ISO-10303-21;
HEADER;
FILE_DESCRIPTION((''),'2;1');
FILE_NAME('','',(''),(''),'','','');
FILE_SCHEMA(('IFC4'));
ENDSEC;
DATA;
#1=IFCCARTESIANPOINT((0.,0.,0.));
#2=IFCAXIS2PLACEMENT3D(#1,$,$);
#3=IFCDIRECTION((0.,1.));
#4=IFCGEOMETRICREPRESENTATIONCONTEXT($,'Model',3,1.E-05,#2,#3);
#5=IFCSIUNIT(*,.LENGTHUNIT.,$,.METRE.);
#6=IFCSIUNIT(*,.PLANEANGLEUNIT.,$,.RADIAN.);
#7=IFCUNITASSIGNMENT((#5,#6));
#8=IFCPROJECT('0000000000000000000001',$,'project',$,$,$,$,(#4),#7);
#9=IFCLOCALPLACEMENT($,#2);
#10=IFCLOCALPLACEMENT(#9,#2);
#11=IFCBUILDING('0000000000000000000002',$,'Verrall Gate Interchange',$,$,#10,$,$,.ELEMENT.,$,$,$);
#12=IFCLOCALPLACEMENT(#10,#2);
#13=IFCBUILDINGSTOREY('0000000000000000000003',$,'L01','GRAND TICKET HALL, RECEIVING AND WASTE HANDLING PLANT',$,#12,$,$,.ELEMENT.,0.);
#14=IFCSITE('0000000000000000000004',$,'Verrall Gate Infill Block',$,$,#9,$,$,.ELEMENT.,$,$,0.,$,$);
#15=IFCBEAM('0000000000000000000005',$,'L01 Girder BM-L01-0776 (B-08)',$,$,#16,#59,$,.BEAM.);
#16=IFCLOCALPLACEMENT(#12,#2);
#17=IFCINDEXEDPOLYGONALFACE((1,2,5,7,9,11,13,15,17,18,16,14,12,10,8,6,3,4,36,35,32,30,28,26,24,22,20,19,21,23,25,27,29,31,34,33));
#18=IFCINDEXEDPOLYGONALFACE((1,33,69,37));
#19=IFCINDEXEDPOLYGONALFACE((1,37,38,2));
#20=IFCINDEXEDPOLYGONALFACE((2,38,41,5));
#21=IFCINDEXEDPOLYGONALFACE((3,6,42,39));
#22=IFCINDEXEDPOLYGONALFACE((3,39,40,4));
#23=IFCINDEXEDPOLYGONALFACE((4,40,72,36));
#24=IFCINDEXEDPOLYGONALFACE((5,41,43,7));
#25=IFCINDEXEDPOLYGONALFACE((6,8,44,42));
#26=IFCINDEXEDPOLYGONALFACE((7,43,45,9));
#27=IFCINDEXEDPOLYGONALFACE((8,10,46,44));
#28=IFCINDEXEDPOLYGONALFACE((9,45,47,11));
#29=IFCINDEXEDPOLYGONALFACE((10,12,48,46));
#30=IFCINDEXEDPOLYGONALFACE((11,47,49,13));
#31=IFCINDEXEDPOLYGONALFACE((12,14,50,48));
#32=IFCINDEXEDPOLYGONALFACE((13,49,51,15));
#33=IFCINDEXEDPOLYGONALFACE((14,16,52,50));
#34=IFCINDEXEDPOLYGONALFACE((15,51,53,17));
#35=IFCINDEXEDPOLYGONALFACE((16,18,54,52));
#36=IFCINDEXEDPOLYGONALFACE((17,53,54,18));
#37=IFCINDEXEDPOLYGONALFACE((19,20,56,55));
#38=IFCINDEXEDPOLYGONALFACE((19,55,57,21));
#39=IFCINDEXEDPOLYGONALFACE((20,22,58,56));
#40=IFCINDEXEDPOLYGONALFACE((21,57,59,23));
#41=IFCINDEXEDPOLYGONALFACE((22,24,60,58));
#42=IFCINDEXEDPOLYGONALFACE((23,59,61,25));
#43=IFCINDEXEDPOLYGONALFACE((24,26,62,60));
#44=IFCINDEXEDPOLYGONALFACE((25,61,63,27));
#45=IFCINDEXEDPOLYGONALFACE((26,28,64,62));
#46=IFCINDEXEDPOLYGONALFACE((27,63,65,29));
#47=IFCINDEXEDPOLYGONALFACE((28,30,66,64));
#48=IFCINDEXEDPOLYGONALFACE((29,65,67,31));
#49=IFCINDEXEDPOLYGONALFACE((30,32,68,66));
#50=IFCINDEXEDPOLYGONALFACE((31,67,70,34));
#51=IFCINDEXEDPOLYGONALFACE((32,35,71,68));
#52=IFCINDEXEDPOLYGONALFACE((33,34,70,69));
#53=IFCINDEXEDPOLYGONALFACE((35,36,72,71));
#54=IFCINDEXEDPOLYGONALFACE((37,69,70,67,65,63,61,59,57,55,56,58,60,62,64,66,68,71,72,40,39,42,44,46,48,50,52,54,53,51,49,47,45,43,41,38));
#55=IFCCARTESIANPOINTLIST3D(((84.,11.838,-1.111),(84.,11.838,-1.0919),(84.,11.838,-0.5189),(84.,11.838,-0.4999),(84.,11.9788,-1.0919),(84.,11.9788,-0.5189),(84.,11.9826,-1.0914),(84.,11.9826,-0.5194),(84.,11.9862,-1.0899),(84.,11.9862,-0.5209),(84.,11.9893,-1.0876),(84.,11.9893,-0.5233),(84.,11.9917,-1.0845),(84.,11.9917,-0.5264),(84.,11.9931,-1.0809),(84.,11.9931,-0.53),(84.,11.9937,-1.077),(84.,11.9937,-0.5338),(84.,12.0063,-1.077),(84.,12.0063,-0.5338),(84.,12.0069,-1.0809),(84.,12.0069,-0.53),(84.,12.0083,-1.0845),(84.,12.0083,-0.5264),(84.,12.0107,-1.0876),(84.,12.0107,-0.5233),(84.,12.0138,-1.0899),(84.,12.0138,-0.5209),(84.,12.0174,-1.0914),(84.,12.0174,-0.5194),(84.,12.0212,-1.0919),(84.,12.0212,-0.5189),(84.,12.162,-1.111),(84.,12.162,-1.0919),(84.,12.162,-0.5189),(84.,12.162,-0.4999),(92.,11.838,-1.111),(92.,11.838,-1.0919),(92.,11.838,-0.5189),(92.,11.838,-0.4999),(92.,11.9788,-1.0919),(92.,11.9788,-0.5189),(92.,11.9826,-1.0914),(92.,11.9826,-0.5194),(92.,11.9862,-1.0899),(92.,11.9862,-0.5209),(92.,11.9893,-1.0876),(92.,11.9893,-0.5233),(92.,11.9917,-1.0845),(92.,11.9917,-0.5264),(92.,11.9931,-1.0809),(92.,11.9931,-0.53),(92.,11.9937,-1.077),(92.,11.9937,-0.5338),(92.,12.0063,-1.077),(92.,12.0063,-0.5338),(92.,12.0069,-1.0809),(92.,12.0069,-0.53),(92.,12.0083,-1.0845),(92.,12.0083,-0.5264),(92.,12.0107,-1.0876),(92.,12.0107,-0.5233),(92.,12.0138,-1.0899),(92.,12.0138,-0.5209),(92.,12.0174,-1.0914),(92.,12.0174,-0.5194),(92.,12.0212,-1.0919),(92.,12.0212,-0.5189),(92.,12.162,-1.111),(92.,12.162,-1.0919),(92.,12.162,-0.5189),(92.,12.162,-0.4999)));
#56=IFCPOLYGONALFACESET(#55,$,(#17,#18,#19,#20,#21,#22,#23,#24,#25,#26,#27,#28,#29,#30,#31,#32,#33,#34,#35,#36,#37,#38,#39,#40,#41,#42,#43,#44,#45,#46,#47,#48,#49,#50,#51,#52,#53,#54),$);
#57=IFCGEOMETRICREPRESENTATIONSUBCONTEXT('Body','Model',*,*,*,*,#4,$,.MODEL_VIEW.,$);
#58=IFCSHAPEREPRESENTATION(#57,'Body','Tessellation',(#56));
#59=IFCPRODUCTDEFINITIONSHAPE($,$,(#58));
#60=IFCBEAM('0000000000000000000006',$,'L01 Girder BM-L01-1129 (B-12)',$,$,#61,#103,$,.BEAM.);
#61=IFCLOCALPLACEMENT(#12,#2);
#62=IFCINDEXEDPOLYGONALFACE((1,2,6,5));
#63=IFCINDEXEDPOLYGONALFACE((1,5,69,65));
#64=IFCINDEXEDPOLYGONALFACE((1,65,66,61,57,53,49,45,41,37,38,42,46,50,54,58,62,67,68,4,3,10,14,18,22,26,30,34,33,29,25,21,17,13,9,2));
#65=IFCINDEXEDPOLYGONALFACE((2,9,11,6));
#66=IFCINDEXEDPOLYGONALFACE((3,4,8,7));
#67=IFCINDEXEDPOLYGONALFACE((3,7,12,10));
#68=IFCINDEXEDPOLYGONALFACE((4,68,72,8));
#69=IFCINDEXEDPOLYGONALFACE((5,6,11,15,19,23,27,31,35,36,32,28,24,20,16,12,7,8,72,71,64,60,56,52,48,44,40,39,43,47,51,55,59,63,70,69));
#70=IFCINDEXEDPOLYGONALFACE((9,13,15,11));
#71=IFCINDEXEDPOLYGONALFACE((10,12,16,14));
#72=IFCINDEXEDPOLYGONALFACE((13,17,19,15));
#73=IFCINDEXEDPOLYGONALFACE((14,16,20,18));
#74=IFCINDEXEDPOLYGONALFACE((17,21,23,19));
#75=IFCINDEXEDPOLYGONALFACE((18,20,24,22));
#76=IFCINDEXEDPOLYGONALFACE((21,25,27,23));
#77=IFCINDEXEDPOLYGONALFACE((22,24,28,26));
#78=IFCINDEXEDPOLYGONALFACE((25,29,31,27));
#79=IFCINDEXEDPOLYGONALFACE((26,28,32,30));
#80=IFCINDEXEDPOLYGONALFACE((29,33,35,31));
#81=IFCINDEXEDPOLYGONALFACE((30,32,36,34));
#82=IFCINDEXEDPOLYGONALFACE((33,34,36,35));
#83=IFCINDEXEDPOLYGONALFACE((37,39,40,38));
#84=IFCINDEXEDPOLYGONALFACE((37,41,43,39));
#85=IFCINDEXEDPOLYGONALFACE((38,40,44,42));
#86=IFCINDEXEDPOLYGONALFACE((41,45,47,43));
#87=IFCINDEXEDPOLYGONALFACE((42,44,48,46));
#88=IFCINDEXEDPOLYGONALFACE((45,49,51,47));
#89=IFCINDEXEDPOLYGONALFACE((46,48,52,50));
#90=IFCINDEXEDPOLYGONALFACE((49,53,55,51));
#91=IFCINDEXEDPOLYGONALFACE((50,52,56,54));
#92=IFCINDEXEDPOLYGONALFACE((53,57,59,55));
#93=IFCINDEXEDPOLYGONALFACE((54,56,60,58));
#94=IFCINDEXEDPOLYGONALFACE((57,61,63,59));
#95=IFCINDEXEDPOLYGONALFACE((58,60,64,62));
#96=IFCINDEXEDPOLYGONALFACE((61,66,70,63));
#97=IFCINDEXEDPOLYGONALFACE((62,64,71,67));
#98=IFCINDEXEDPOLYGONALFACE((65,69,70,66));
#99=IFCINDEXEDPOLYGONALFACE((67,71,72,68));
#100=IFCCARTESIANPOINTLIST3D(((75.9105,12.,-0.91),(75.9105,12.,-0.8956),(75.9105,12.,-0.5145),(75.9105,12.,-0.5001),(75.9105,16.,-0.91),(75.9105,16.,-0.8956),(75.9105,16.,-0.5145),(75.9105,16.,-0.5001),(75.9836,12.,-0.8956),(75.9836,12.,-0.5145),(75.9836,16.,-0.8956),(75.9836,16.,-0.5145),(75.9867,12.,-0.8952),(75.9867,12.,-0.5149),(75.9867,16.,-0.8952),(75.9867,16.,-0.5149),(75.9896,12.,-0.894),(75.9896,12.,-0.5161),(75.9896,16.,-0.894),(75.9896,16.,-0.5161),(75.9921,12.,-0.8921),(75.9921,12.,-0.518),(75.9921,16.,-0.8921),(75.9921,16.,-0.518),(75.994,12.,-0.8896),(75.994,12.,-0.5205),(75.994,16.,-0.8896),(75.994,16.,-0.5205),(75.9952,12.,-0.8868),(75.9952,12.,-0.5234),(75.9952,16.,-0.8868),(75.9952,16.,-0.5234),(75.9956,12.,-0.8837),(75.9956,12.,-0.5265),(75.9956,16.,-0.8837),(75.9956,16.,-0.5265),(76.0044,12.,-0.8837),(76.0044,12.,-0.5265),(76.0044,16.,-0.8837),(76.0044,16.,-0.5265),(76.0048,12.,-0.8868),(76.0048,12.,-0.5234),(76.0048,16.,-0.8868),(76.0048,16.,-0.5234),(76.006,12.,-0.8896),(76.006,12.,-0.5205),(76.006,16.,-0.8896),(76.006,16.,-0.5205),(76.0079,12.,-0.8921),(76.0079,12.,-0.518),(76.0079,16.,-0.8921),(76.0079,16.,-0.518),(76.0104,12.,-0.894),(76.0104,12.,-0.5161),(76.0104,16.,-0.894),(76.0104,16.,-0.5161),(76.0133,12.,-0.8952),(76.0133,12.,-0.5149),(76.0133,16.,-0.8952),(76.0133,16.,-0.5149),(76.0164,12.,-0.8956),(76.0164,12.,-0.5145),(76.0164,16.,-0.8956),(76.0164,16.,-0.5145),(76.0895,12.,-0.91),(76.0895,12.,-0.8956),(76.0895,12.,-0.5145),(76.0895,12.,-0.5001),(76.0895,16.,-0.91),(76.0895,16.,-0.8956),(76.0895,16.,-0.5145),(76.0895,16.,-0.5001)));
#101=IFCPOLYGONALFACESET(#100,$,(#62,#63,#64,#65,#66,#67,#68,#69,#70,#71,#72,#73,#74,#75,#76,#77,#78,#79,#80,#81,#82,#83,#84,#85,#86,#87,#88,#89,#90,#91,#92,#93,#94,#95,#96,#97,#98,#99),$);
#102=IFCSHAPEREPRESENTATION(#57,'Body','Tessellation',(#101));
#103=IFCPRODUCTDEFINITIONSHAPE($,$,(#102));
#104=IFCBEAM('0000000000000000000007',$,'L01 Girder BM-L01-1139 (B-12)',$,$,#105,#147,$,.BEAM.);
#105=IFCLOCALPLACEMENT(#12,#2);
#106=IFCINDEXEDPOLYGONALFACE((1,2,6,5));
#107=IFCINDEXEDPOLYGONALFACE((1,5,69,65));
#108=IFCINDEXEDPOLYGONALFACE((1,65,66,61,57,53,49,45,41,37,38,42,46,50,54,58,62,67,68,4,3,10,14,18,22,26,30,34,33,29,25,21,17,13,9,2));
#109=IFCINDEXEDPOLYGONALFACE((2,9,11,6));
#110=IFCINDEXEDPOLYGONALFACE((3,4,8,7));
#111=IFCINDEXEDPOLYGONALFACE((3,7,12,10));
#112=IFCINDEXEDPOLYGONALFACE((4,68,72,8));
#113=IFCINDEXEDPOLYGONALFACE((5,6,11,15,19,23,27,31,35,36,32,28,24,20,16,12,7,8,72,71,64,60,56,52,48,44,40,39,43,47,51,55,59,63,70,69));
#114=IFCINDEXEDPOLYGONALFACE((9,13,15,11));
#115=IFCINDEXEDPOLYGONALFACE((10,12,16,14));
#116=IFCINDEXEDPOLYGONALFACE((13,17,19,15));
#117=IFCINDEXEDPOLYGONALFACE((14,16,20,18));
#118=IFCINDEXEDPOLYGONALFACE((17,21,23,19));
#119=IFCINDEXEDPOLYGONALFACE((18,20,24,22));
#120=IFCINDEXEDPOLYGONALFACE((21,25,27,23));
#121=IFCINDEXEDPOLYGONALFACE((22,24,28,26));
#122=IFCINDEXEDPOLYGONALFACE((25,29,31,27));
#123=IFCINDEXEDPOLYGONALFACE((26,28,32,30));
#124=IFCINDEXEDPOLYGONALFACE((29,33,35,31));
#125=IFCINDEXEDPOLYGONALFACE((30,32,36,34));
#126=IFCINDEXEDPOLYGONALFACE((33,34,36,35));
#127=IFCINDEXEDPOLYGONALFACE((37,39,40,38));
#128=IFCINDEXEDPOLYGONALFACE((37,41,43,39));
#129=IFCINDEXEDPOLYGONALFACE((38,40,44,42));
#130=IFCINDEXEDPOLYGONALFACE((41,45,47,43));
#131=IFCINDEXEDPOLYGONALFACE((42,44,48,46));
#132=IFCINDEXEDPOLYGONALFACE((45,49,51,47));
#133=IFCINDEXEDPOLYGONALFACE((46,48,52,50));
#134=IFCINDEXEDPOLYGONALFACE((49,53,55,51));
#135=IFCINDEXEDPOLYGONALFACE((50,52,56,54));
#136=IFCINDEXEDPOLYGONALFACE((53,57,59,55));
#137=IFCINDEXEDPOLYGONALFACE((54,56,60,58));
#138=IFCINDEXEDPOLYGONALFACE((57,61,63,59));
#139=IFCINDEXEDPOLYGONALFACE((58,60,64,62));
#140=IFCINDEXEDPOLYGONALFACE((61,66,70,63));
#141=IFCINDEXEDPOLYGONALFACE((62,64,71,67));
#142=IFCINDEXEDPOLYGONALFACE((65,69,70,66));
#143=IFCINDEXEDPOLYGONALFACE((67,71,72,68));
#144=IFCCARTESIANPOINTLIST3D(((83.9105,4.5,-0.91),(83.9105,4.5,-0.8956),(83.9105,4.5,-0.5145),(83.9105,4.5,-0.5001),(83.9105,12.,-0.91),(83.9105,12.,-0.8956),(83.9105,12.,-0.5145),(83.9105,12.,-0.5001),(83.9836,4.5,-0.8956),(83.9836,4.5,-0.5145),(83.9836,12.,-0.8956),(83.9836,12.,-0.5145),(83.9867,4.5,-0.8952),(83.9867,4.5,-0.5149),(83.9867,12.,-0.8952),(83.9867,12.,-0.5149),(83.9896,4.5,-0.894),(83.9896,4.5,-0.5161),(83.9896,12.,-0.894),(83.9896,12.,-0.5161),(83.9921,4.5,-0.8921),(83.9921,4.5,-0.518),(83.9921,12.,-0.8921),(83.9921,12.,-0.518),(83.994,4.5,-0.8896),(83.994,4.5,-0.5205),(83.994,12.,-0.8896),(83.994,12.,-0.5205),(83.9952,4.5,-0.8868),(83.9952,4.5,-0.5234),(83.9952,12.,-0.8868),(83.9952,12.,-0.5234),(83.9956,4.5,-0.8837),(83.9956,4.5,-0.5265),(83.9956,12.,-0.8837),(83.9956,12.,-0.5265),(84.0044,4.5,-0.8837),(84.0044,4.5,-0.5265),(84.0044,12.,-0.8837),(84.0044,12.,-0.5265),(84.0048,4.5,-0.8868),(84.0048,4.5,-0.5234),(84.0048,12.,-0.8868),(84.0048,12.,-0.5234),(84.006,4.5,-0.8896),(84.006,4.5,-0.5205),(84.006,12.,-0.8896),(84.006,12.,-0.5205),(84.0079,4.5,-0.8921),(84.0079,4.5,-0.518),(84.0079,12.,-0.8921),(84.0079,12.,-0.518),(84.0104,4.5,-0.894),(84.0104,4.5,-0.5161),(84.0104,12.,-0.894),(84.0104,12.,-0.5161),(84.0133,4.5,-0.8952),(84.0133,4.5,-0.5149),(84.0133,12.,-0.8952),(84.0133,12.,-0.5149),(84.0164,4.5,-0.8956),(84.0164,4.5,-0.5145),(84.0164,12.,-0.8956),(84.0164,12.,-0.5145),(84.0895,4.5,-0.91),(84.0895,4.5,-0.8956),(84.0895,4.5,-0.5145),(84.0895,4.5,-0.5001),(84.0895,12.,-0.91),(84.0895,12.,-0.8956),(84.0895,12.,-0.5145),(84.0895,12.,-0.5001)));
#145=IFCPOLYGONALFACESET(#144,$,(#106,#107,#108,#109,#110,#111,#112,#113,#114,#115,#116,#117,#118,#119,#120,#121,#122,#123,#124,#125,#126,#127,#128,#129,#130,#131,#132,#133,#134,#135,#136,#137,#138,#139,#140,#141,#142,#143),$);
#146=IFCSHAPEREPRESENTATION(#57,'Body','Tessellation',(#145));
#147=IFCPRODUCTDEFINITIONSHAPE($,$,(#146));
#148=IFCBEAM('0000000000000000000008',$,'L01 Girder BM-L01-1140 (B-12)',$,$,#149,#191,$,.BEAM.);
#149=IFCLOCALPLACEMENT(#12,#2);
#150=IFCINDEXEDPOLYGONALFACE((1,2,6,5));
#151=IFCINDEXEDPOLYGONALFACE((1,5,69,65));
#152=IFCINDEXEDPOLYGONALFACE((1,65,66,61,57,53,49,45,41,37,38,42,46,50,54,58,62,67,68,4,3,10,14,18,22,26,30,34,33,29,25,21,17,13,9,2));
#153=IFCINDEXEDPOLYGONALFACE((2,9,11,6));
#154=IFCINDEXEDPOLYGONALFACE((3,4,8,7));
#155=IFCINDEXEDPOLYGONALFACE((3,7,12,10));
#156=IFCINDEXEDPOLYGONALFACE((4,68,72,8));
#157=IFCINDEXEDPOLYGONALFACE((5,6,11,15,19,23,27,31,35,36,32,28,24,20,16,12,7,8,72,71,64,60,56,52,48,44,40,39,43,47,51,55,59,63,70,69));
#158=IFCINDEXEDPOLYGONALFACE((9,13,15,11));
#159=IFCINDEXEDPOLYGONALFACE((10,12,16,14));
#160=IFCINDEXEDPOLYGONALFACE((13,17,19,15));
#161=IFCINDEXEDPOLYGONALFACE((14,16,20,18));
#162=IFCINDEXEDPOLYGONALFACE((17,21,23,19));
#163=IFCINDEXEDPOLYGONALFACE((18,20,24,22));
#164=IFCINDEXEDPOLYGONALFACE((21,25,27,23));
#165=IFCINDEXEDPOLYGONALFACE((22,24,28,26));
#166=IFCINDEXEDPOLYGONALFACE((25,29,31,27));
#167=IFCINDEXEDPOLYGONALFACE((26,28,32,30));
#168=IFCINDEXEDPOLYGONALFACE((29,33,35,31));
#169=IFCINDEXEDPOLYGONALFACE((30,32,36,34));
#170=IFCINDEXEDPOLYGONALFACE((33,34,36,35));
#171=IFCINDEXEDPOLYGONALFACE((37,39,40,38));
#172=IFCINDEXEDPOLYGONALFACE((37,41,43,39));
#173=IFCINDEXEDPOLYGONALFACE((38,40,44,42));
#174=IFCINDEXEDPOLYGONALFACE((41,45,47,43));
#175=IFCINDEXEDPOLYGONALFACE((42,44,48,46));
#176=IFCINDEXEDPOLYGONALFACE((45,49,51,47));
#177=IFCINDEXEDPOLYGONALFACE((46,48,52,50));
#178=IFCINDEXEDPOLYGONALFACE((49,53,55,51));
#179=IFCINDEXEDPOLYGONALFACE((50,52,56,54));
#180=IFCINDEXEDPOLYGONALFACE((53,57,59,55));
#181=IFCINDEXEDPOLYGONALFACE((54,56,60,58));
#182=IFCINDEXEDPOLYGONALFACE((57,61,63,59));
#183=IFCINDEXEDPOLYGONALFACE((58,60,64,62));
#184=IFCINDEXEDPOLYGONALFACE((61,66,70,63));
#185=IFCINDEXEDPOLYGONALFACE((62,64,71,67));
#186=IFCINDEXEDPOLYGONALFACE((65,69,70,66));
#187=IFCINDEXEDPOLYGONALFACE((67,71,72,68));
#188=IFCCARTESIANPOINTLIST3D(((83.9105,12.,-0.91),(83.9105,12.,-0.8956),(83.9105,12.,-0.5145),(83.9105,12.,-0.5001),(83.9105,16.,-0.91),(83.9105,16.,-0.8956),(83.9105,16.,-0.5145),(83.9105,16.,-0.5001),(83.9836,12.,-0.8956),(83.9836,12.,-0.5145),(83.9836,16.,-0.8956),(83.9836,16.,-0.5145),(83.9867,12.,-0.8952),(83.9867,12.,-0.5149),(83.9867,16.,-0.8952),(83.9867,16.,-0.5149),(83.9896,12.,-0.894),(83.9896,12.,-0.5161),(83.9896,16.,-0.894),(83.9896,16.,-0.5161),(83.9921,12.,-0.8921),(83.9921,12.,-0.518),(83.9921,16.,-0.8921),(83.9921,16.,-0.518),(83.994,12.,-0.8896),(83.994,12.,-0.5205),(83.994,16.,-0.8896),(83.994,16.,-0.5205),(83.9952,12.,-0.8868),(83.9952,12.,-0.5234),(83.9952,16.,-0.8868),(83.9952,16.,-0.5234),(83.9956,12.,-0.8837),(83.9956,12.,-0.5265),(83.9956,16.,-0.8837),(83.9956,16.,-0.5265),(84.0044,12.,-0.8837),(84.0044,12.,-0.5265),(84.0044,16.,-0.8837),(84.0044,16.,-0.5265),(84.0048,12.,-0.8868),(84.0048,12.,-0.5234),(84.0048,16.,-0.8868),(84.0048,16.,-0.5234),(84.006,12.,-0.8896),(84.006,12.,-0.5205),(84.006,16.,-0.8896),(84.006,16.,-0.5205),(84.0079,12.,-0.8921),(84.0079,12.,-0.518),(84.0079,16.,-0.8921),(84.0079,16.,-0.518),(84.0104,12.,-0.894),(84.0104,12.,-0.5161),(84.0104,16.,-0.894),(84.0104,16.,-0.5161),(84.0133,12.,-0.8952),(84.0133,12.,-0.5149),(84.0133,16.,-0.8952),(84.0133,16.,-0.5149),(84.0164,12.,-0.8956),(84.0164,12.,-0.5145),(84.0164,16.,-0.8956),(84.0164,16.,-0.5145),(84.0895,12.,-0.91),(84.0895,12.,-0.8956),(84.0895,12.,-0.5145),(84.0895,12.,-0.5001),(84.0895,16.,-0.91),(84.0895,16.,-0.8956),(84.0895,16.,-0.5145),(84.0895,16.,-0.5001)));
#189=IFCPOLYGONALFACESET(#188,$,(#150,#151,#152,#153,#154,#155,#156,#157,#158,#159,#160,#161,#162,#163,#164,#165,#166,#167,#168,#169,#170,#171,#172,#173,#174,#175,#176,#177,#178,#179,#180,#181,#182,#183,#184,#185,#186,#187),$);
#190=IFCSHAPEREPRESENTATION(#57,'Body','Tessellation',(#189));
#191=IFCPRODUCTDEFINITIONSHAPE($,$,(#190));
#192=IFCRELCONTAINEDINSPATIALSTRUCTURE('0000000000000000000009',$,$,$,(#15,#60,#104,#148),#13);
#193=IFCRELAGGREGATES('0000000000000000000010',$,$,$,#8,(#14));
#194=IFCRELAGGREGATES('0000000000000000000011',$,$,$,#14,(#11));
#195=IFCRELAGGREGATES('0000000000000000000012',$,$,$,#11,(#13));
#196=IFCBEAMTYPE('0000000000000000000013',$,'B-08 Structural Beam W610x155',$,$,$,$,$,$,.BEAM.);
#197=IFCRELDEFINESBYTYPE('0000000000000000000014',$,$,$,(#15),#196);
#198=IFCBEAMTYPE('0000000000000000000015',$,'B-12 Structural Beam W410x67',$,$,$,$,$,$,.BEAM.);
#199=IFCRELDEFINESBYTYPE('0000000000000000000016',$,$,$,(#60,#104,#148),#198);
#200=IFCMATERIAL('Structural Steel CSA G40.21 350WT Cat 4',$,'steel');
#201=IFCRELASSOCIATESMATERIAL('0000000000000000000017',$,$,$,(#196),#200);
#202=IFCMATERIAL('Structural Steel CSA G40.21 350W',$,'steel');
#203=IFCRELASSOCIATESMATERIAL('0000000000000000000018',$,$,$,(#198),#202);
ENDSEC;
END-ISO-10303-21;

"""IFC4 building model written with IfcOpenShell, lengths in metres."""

from ifc_helpers import new_model, si_unit, direction, frame, origin, origin_2d, place, context, subcontext, project, spatial, i_section, extrude, material, material_profile, profile_set, type_object, element, save


model = new_model("IFC4")

# Units and contexts
model_context = context("Model", 3, precision=1e-05, world=origin(), true_north=direction((0.0, 1.0)))
body_context = subcontext(model_context, "Body", "Model", "MODEL_VIEW")
ifc_project = project(units=[si_unit("LENGTHUNIT", "METRE"), si_unit("PLANEANGLEUNIT", "RADIAN")], contexts=[model_context])

# Site, building, storey
site_placement = place(None, origin())
site = spatial("IfcSite", under=ifc_project, at=site_placement, Name="Verrall Gate Infill Block", CompositionType="ELEMENT", RefElevation=0.0)
building_placement = place(site_placement, origin())
building = spatial("IfcBuilding", under=site, at=building_placement, Name="Verrall Gate Interchange", CompositionType="ELEMENT")
storey_placement = place(building_placement, origin())
storey = spatial("IfcBuildingStorey", under=building, at=storey_placement, Name="L01", Description="GRAND TICKET HALL, RECEIVING AND WASTE HANDLING PLANT", CompositionType="ELEMENT", Elevation=0.0)

# Beams
ifc_material_1 = material(Name="Structural Steel CSA G40.21 350WT Cat 4", Category="steel")
ifc_material_profile_1 = material_profile(ifc_material_1, i_section(OverallWidth=0.324, OverallDepth=0.6111, WebThickness=0.0127, FlangeThickness=0.019, FilletRadius=0.0149, at=origin_2d()), Name="W610x155")
ifc_profile_set_1 = profile_set([ifc_material_profile_1], Name="Structural Steel CSA G40.21 350WT Cat 4")
beam_type_1 = type_object("IfcBeamType", Name="B-08 Structural Beam W610x155", PredefinedType="BEAM", material=ifc_profile_set_1)
for number, where, z_axis, x_axis, name in (
    (1, (84.0, 12.0, -0.8054), (1.0, 0.0, 0.0), (0.0, 1.0, 0.0), "L01 Girder BM-L01-0776 (B-08)"),
):
    element("IfcBeam", number, at=place(storey_placement, frame(where, z_axis=z_axis, x_axis=x_axis)), inside=storey, type_object=beam_type_1, Name=name, PredefinedType="BEAM", context=body_context, shape_type="SweptSolid", body=[
        extrude(i_section(OverallWidth=0.324, OverallDepth=0.6111, WebThickness=0.0127, FlangeThickness=0.019, FilletRadius=0.0149, at=origin_2d()), origin(), (0.0, 0.0, 1.0), 8.0),
    ])
ifc_material_2 = material(Name="Structural Steel CSA G40.21 350W", Category="steel")
ifc_material_profile_2 = material_profile(ifc_material_2, i_section(OverallWidth=0.179, OverallDepth=0.4099, WebThickness=0.0088, FlangeThickness=0.0144, FilletRadius=0.012, at=origin_2d()), Name="W410x67")
ifc_profile_set_2 = profile_set([ifc_material_profile_2], Name="Structural Steel CSA G40.21 350W")
beam_type_2 = type_object("IfcBeamType", Name="B-12 Structural Beam W410x67", PredefinedType="BEAM", material=ifc_profile_set_2)
beam_1_placement = place(storey_placement, frame((76.0, 12.0, -0.7051), z_axis=(0.0, 1.0, 0.0), x_axis=(-1.0, 0.0, 0.0)))
element("IfcBeam", 2, at=beam_1_placement, inside=storey, type_object=beam_type_2, Name="L01 Girder BM-L01-1129 (B-12)", PredefinedType="BEAM", context=body_context, shape_type="SweptSolid", body=[
    extrude(i_section(OverallWidth=0.179, OverallDepth=0.4099, WebThickness=0.0088, FlangeThickness=0.0144, FilletRadius=0.012, at=origin_2d()), origin(), (0.0, 0.0, 1.0), 4.0),
])
beam_2_placement = place(storey_placement, frame((84.0, 4.5, -0.7051), z_axis=(0.0, 1.0, 0.0), x_axis=(-1.0, 0.0, 0.0)))
element("IfcBeam", 3, at=beam_2_placement, inside=storey, type_object=beam_type_2, Name="L01 Girder BM-L01-1139 (B-12)", PredefinedType="BEAM", context=body_context, shape_type="SweptSolid", body=[
    extrude(i_section(OverallWidth=0.179, OverallDepth=0.4099, WebThickness=0.0088, FlangeThickness=0.0144, FilletRadius=0.012, at=origin_2d()), origin(), (0.0, 0.0, 1.0), 7.5),
])
beam_3_placement = place(storey_placement, frame((84.0, 12.0, -0.7051), z_axis=(0.0, 1.0, 0.0), x_axis=(-1.0, 0.0, 0.0)))
element("IfcBeam", 4, at=beam_3_placement, inside=storey, type_object=beam_type_2, Name="L01 Girder BM-L01-1140 (B-12)", PredefinedType="BEAM", context=body_context, shape_type="SweptSolid", body=[
    extrude(i_section(OverallWidth=0.179, OverallDepth=0.4099, WebThickness=0.0088, FlangeThickness=0.0144, FilletRadius=0.012, at=origin_2d()), origin(), (0.0, 0.0, 1.0), 4.0),
])

save(model, "model.ifc")
